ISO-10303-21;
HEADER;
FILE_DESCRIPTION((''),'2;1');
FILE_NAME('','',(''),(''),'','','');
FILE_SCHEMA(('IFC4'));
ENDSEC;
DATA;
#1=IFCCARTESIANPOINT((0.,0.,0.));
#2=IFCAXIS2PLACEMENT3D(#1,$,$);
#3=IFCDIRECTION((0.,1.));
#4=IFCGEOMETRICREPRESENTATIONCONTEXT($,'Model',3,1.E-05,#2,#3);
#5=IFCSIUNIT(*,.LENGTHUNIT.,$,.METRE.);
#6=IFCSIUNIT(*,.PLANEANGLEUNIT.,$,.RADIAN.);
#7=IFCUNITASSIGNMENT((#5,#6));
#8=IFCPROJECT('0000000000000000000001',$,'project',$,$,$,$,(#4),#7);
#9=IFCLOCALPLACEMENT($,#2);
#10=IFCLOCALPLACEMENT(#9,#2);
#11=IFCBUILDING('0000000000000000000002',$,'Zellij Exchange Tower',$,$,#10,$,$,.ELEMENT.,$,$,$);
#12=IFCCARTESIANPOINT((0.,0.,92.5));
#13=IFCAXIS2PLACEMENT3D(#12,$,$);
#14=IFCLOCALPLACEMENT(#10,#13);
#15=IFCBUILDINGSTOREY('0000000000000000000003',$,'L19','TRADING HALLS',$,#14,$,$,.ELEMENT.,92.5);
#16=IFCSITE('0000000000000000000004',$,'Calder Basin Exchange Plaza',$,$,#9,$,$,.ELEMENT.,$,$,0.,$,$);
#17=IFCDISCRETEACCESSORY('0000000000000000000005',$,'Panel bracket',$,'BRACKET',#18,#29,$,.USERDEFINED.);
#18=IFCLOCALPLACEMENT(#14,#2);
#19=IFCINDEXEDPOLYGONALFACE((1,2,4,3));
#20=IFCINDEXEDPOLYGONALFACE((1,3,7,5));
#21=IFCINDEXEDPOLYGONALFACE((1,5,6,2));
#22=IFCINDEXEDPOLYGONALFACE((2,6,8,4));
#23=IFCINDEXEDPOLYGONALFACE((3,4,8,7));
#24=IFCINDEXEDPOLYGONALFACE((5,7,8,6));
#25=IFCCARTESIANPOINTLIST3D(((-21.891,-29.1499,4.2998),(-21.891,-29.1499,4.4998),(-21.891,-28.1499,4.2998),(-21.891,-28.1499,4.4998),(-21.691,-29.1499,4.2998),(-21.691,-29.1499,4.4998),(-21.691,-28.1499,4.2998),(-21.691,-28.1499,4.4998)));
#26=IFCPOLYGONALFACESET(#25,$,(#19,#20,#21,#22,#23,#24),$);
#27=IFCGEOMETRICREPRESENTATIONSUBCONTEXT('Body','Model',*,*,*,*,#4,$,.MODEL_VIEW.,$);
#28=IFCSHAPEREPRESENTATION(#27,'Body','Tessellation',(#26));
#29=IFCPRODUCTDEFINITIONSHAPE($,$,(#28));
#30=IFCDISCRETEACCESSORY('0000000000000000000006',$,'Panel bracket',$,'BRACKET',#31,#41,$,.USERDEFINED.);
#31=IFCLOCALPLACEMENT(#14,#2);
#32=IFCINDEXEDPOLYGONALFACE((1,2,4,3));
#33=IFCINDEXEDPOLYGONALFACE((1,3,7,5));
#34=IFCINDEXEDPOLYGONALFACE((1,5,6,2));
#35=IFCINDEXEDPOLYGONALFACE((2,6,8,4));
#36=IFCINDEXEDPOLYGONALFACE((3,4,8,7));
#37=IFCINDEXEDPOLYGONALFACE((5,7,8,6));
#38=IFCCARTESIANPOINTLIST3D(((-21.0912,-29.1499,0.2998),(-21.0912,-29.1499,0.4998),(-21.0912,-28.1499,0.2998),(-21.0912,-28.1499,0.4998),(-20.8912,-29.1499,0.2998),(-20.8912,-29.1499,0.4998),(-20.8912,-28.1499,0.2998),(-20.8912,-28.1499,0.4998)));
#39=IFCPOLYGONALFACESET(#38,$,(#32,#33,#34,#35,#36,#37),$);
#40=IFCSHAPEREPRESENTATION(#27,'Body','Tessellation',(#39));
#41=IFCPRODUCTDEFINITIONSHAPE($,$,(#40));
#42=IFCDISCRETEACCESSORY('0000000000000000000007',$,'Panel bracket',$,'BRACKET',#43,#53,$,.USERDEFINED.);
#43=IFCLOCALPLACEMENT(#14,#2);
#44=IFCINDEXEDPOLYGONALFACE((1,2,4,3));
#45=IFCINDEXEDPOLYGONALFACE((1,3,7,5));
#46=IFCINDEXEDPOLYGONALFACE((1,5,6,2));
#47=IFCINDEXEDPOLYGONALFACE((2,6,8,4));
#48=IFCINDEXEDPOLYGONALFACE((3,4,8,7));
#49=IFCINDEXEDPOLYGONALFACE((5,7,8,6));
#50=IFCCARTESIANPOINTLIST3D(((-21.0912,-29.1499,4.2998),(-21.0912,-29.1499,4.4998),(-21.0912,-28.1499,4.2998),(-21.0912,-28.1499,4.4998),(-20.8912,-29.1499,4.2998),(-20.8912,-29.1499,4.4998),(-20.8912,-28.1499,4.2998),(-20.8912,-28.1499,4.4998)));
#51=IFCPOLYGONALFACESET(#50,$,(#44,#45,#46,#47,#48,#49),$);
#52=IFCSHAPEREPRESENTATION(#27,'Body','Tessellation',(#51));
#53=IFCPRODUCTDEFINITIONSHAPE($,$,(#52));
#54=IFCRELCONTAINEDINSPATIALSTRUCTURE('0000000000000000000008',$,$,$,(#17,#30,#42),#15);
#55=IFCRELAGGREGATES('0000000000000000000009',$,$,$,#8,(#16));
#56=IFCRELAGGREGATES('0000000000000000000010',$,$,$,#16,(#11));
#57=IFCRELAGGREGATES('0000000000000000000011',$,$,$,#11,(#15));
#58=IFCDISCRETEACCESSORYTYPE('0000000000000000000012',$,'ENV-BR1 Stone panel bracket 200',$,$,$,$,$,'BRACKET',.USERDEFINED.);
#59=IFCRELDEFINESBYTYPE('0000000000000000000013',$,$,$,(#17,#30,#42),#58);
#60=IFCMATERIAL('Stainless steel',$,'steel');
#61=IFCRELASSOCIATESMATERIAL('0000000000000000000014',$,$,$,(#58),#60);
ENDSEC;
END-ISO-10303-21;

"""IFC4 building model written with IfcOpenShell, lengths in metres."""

from ifc_helpers import new_model, si_unit, direction, frame, origin, origin_2d, place, context, subcontext, project, spatial, rectangle, extrude, material, type_object, element, save


model = new_model("IFC4")

# Units and contexts
model_context = context("Model", 3, precision=1e-05, world=origin(), true_north=direction((0.0, 1.0)))
body_context = subcontext(model_context, "Body", "Model", "MODEL_VIEW")
ifc_project = project(units=[si_unit("LENGTHUNIT", "METRE"), si_unit("PLANEANGLEUNIT", "RADIAN")], contexts=[model_context])

# Site, building, storey
site_placement = place(None, origin())
site = spatial("IfcSite", under=ifc_project, at=site_placement, Name="Calder Basin Exchange Plaza", CompositionType="ELEMENT", RefElevation=0.0)
building_placement = place(site_placement, origin())
building = spatial("IfcBuilding", under=site, at=building_placement, Name="Zellij Exchange Tower", CompositionType="ELEMENT")
storey_placement = place(building_placement, frame((0.0, 0.0, 92.5)))
storey = spatial("IfcBuildingStorey", under=building, at=storey_placement, Name="L19", Description="TRADING HALLS", CompositionType="ELEMENT", Elevation=92.5)

# Discrete accessories
ifc_material_1 = material(Name="Stainless steel", Category="steel")
discrete_accessory_type = type_object("IfcDiscreteAccessoryType", Name="ENV-BR1 Stone panel bracket 200", ElementType="BRACKET", PredefinedType="USERDEFINED", material=ifc_material_1)
for number, where, z_axis, x_axis, name in (
    (1, (-21.791, -28.6499, 4.2998), (0.0, 0.0, 1.0), (1.0, 0.0, 0.0), "Panel bracket"),
    (2, (-20.9912, -28.6499, 0.2998), (0.0, 0.0, 1.0), (1.0, 0.0, 0.0), "Panel bracket"),
    (3, (-20.9912, -28.6499, 4.2998), (0.0, 0.0, 1.0), (1.0, 0.0, 0.0), "Panel bracket"),
):
    element("IfcDiscreteAccessory", number, at=place(storey_placement, frame(where, z_axis=z_axis, x_axis=x_axis)), inside=storey, type_object=discrete_accessory_type, Name=name, ObjectType="BRACKET", PredefinedType="USERDEFINED", context=body_context, shape_type="SweptSolid", body=[
        extrude(rectangle(XDim=0.2, YDim=1.0, at=origin_2d()), origin(), (0.0, 0.0, 1.0), 0.2),
    ])

save(model, "model.ifc")
